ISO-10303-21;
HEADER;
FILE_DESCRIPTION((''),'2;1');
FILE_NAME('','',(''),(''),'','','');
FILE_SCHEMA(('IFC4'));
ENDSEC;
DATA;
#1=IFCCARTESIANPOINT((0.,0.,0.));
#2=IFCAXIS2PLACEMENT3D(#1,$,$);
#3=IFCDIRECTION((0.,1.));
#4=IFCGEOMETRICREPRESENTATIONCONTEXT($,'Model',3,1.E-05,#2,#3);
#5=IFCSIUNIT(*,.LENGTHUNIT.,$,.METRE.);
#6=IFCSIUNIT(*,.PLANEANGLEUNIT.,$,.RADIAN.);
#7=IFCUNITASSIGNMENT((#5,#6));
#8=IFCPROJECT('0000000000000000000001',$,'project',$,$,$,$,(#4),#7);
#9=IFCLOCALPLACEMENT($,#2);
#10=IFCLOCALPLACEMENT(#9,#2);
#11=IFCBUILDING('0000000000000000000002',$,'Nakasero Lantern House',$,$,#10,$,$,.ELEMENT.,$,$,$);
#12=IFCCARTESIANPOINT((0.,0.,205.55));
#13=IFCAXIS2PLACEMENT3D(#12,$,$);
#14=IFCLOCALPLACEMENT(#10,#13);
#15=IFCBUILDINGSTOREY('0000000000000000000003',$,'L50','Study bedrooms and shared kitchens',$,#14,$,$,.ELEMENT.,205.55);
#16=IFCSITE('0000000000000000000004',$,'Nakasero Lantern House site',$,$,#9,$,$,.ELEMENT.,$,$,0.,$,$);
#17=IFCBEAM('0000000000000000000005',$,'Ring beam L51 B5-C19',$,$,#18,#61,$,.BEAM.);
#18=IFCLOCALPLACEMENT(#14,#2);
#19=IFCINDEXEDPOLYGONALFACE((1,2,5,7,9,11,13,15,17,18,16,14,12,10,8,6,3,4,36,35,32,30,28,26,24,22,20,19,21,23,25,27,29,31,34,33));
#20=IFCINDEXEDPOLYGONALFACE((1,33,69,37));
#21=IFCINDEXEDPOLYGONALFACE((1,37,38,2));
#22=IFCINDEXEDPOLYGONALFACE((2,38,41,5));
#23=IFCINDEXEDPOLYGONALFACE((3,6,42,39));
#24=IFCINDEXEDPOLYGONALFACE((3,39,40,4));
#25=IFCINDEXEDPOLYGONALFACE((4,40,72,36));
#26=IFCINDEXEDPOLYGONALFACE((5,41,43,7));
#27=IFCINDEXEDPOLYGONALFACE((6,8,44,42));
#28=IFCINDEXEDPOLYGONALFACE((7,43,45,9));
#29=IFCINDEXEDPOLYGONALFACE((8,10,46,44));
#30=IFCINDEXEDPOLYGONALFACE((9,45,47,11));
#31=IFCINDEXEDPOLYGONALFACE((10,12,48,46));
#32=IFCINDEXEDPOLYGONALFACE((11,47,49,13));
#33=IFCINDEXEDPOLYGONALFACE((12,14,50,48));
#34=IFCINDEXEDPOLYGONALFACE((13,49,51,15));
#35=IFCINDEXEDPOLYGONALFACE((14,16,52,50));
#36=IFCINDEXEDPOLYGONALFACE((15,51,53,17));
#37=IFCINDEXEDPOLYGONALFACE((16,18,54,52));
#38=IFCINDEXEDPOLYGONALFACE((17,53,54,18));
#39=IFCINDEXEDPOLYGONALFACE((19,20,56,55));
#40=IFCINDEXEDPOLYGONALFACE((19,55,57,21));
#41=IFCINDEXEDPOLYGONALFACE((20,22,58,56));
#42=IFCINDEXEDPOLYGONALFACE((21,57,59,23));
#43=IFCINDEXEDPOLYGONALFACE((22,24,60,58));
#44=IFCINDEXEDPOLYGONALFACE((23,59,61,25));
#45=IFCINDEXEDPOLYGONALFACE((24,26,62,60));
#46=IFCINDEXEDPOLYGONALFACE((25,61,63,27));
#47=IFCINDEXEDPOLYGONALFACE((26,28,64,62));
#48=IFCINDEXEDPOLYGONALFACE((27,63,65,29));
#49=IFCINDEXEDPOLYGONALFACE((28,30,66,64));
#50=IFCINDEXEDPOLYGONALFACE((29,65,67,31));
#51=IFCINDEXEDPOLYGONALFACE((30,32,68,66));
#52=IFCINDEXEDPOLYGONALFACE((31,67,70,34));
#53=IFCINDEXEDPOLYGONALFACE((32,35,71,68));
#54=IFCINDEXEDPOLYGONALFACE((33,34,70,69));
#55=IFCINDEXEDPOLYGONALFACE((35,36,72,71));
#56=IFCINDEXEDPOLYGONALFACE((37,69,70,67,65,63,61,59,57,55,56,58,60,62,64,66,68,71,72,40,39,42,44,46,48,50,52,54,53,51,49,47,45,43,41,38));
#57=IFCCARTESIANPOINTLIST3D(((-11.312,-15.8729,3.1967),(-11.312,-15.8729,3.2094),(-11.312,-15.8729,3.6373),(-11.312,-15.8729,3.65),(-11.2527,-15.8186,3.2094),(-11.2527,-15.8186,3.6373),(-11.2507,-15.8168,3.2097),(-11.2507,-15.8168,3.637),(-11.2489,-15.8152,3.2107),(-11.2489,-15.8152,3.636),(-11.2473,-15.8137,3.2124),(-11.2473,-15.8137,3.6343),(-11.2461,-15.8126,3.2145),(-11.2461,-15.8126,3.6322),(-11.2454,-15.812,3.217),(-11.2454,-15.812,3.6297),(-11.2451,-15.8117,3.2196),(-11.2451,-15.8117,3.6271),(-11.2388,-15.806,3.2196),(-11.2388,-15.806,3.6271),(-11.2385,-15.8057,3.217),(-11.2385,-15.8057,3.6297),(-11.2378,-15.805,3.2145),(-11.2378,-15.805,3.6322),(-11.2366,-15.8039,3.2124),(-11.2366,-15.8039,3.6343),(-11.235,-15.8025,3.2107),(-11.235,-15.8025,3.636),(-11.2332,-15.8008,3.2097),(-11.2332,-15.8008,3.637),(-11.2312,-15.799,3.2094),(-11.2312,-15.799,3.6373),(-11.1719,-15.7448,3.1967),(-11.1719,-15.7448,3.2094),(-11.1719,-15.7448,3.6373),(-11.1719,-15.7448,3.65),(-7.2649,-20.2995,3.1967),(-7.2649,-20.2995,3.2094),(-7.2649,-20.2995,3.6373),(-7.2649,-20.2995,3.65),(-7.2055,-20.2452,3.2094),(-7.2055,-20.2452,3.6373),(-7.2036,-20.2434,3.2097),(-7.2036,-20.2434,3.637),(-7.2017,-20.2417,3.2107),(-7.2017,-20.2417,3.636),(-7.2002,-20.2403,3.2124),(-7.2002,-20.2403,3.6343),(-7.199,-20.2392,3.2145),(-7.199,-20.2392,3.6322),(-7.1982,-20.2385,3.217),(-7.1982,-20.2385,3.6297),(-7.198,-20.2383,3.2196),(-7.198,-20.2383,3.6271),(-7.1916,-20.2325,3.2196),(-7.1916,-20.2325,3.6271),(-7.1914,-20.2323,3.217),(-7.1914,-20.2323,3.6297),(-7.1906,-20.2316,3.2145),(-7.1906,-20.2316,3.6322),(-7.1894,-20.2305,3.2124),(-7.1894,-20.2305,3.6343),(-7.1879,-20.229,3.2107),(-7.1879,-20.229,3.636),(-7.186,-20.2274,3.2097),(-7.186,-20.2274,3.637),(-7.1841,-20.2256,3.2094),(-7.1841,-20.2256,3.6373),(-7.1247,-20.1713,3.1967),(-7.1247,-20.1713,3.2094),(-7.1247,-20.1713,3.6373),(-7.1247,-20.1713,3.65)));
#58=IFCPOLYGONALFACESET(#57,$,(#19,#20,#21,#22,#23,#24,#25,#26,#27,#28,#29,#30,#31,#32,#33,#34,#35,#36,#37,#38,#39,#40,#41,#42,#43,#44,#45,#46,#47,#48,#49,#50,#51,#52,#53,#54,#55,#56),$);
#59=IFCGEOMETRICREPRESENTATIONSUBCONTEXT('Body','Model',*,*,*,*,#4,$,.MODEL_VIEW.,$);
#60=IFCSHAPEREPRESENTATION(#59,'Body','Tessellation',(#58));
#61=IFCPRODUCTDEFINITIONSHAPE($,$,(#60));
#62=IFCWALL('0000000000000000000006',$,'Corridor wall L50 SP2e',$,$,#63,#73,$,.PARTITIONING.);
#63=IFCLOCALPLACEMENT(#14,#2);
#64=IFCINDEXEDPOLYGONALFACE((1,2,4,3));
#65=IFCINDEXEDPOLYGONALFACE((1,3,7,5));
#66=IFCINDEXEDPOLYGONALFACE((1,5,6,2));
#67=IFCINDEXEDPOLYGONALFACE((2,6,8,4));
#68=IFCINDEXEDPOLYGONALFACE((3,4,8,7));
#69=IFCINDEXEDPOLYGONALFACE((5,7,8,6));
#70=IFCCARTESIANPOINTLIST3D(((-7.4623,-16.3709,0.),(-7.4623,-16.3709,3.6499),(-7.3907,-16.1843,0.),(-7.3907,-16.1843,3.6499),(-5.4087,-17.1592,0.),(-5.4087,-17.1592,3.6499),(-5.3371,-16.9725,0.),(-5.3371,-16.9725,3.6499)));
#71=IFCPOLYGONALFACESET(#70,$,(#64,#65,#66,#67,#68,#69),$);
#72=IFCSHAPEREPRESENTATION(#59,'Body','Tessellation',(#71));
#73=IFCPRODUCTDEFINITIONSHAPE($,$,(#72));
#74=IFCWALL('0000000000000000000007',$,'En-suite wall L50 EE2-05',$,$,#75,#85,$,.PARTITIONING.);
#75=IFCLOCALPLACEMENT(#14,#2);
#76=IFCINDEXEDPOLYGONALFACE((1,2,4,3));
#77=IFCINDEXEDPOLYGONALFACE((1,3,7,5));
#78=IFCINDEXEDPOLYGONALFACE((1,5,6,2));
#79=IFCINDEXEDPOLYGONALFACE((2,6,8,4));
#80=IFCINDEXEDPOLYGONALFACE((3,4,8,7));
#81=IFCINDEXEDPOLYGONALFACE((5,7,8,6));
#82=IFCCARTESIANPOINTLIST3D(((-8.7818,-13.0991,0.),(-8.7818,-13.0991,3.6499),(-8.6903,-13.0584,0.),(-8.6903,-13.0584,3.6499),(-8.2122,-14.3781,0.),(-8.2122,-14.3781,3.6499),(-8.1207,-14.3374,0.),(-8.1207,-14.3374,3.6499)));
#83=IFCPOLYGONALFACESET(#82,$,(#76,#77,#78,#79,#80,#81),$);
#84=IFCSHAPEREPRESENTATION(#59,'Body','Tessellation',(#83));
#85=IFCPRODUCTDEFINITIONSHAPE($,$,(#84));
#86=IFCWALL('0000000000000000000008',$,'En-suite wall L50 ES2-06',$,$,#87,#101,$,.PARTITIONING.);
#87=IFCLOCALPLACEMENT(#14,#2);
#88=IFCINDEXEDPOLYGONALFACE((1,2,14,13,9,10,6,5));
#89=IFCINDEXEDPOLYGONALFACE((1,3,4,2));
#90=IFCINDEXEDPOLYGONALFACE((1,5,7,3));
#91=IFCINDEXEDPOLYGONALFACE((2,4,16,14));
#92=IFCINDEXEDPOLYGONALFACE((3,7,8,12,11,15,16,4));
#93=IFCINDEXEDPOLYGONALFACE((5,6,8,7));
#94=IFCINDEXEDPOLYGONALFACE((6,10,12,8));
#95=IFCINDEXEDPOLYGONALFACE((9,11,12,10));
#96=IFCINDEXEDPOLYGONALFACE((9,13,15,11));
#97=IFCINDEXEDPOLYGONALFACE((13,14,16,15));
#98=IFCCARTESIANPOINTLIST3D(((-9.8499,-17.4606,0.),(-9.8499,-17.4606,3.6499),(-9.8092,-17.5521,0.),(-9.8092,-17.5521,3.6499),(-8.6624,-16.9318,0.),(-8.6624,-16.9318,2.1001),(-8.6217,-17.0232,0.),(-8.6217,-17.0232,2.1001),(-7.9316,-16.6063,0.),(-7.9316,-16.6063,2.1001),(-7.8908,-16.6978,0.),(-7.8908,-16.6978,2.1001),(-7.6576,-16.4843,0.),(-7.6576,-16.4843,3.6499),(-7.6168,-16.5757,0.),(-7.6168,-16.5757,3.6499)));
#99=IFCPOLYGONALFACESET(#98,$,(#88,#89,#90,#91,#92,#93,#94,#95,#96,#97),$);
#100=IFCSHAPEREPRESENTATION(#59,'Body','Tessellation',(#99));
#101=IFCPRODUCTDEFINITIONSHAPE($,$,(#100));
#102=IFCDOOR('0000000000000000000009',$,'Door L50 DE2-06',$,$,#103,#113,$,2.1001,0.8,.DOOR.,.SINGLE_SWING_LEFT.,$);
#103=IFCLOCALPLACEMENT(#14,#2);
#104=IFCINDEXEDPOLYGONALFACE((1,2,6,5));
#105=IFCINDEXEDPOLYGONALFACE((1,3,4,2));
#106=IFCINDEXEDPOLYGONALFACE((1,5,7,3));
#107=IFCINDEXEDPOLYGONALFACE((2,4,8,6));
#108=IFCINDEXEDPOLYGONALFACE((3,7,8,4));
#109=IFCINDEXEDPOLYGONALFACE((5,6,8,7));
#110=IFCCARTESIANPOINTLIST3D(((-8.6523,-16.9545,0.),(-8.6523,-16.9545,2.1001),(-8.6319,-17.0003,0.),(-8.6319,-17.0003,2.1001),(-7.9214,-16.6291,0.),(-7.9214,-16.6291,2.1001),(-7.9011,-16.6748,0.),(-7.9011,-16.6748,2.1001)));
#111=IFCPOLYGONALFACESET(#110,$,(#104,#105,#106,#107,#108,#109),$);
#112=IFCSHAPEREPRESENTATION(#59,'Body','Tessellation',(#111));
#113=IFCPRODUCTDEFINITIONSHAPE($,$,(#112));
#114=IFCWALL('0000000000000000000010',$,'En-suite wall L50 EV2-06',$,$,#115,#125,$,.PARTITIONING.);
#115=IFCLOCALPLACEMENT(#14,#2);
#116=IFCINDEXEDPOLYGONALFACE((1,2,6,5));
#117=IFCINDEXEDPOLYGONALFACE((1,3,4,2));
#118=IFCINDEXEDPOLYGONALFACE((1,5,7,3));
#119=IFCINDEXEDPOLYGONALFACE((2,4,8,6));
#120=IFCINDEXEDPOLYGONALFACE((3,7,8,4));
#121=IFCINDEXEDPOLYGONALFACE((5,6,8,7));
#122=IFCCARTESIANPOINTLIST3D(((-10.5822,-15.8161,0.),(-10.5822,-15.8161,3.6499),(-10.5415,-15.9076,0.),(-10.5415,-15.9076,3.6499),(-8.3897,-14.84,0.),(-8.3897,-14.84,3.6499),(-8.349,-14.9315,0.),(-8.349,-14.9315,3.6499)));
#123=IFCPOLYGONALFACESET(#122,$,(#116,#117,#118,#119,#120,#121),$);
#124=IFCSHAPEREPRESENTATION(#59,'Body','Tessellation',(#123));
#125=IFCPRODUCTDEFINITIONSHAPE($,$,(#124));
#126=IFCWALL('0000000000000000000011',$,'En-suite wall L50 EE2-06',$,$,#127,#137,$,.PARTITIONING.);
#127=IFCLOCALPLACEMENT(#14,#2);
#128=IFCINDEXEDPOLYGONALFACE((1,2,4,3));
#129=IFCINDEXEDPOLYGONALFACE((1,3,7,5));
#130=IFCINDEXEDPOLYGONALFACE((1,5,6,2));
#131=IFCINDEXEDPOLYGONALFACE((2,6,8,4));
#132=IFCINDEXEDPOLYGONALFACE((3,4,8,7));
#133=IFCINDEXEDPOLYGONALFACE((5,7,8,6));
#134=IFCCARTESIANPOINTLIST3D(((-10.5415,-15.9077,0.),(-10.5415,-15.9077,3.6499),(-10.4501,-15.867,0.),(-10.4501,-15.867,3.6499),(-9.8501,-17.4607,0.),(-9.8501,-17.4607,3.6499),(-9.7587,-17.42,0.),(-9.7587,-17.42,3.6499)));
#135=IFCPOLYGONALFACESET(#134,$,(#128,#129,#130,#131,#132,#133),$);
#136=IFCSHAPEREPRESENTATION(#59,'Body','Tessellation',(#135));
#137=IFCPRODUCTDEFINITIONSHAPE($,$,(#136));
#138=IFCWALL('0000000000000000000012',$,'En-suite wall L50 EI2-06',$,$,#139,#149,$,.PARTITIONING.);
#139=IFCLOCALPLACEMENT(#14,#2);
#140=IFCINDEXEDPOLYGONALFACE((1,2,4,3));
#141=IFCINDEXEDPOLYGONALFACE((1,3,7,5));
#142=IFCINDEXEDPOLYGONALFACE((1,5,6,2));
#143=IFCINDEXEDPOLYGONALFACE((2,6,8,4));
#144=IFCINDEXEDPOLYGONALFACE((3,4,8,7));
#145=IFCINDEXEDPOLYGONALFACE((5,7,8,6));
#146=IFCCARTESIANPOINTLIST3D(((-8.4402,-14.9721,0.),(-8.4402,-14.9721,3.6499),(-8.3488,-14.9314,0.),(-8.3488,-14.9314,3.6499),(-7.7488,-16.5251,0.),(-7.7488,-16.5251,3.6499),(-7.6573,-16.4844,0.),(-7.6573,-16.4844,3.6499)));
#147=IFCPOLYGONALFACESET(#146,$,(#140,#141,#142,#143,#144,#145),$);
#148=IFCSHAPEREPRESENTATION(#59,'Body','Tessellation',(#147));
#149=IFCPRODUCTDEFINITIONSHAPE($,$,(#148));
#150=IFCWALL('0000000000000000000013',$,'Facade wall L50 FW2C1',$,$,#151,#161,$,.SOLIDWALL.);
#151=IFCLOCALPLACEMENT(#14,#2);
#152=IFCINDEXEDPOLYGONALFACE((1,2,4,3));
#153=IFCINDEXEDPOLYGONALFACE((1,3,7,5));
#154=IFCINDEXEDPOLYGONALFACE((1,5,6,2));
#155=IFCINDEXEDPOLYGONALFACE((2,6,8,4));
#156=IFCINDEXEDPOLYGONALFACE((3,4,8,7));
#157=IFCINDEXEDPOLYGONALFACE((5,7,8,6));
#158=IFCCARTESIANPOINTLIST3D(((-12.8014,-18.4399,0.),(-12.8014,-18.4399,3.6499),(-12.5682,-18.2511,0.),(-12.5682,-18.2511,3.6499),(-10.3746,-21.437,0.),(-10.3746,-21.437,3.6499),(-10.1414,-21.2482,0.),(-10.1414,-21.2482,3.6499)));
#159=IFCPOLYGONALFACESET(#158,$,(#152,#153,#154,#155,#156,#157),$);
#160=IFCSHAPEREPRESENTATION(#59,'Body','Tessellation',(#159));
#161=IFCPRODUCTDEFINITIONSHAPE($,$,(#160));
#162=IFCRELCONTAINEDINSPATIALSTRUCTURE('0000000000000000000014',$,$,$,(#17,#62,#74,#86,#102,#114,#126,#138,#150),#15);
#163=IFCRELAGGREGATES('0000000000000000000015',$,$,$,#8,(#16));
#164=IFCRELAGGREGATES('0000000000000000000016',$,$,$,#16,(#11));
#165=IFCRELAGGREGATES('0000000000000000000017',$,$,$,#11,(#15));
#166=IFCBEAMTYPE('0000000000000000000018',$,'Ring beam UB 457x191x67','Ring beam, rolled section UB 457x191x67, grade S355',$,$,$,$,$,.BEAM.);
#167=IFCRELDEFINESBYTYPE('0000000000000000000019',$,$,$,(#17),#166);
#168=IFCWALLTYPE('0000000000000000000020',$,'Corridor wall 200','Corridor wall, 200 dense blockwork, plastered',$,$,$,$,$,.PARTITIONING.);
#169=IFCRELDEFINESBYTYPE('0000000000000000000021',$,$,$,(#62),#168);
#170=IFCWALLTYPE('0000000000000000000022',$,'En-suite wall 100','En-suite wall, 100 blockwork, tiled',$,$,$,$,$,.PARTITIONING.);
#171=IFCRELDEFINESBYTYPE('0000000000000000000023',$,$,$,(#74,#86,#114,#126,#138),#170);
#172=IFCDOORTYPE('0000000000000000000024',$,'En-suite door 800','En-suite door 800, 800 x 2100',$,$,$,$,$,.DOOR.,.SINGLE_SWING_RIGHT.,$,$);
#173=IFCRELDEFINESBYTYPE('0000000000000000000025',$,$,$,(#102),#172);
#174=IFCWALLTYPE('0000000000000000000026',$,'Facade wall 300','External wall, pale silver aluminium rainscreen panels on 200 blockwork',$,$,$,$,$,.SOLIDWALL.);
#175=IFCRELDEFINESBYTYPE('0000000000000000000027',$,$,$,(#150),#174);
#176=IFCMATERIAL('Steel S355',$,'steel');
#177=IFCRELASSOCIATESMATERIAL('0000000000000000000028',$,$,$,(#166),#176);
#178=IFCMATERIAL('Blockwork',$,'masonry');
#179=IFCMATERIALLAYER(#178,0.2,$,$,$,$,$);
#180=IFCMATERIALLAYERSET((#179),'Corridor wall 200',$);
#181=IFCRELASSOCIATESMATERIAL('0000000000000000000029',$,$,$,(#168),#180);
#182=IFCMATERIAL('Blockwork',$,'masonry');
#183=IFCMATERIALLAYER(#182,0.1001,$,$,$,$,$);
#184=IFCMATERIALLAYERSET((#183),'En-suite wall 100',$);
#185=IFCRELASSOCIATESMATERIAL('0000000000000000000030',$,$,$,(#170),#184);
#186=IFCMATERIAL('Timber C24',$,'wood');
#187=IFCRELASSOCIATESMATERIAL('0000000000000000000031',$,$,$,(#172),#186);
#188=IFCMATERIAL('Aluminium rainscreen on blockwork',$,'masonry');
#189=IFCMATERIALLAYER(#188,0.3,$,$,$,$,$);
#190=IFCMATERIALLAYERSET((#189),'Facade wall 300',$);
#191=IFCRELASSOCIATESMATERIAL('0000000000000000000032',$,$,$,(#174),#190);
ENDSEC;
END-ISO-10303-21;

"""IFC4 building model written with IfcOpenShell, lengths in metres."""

from ifc_helpers import new_model, si_unit, direction, frame, frame_2d, origin, origin_2d, place, context, subcontext, project, spatial, rectangle, i_section, extrude, material, layer, layer_set, material_profile, profile_set, type_object, element, fill, save


model = new_model("IFC4")

# Units and contexts
model_context = context("Model", 3, precision=1e-05, world=origin(), true_north=direction((0.0, 1.0)))
body_context = subcontext(model_context, "Body", "Model", "MODEL_VIEW")
ifc_project = project(units=[si_unit("LENGTHUNIT", "METRE"), si_unit("PLANEANGLEUNIT", "RADIAN")], contexts=[model_context])

# Site, building, storey
site_placement = place(None, origin())
site = spatial("IfcSite", under=ifc_project, at=site_placement, Name="Nakasero Lantern House site", CompositionType="ELEMENT", RefElevation=0.0)
building_placement = place(site_placement, origin())
building = spatial("IfcBuilding", under=site, at=building_placement, Name="Nakasero Lantern House", CompositionType="ELEMENT")
storey_placement = place(building_placement, frame((0.0, 0.0, 205.55)))
storey = spatial("IfcBuildingStorey", under=building, at=storey_placement, Name="L50", Description="Study bedrooms and shared kitchens", CompositionType="ELEMENT", Elevation=205.55)

# Beam
ifc_material_1 = material(Name="Steel S355", Category="steel")
ifc_material_profile_1 = material_profile(ifc_material_1, i_section(OverallWidth=0.1899, OverallDepth=0.4534, WebThickness=0.0085, FlangeThickness=0.0127, FilletRadius=0.0103, at=origin_2d()), Name="UB 457x191x67")
ifc_profile_set_1 = profile_set([ifc_material_profile_1], Name="Steel S355")
beam_type_1 = type_object("IfcBeamType", Name="Ring beam UB 457x191x67", Description="Ring beam, rolled section UB 457x191x67, grade S355", PredefinedType="BEAM", material=ifc_profile_set_1)
beam_1_placement = place(storey_placement, frame((-11.2419, -15.8088, 3.4233), z_axis=(0.674771, -0.738027, 0.0), x_axis=(0.738027, 0.674771, 0.0)))
element("IfcBeam", 1, at=beam_1_placement, inside=storey, type_object=beam_type_1, Name="Ring beam L51 B5-C19", PredefinedType="BEAM", context=body_context, shape_type="SweptSolid", body=[
    extrude(i_section(OverallWidth=0.1899, OverallDepth=0.4534, WebThickness=0.0085, FlangeThickness=0.0127, FilletRadius=0.0103, at=origin_2d()), origin(), (0.0, 0.0, 1.0), 5.9978),
])

# Walls
ifc_material_2 = material(Name="Blockwork", Category="masonry")
ifc_layer_1 = layer(ifc_material_2, 0.2)
ifc_layer_set_1 = layer_set([ifc_layer_1], Name="Corridor wall 200")
wall_type_1 = type_object("IfcWallType", Name="Corridor wall 200", Description="Corridor wall, 200 dense blockwork, plastered", PredefinedType="PARTITIONING", material=ifc_layer_set_1)
wall_1_placement = place(storey_placement, frame((-7.4265, -16.2776, 0.0), z_axis=(0.0, 0.0, 1.0), x_axis=(0.933583, -0.358362, 0.0)))
element("IfcWall", 2, at=wall_1_placement, inside=storey, type_object=wall_type_1, Name="Corridor wall L50 SP2e", PredefinedType="PARTITIONING", context=body_context, shape_type="SweptSolid", body=[
    extrude(rectangle(XDim=2.1997, YDim=0.2, at=frame_2d((1.0999, 0.0))), origin(), (0.0, 0.0, 1.0), 3.6499),
])
ifc_material_3 = material(Name="Blockwork", Category="masonry")
ifc_layer_2 = layer(ifc_material_3, 0.1001)
ifc_layer_set_2 = layer_set([ifc_layer_2], Name="En-suite wall 100")
wall_type_2 = type_object("IfcWallType", Name="En-suite wall 100", Description="En-suite wall, 100 blockwork, tiled", PredefinedType="PARTITIONING", material=ifc_layer_set_2)
wall_2_placement = place(storey_placement, frame((-8.7361, -13.0786, 0.0), z_axis=(0.0, 0.0, 1.0), x_axis=(0.406802, -0.913516, 0.0)))
element("IfcWall", 3, at=wall_2_placement, inside=storey, type_object=wall_type_2, Name="En-suite wall L50 EE2-05", PredefinedType="PARTITIONING", context=body_context, shape_type="SweptSolid", body=[
    extrude(rectangle(XDim=1.4001, YDim=0.1001, at=frame_2d((0.7002, 0.0))), origin(), (0.0, 0.0, 1.0), 3.6499),
])

# Wall, opening, door
wall_3_placement = place(storey_placement, frame((-7.6372, -16.53, 0.0), z_axis=(0.0, 0.0, 1.0), x_axis=(-0.913513, -0.406809, 0.0)))
wall_3 = element("IfcWall", 4, at=wall_3_placement, inside=storey, type_object=wall_type_2, Name="En-suite wall L50 ES2-06", PredefinedType="PARTITIONING", context=body_context, shape_type="SweptSolid", body=[
    extrude(rectangle(XDim=2.3999, YDim=0.1001, at=frame_2d((1.2, 0.0))), origin(), (0.0, 0.0, 1.0), 3.6499),
])
opening_1_placement = place(wall_3_placement, frame((0.3, 0.0, 0.0)))
opening_1 = element("IfcOpeningElement", 5, at=opening_1_placement, cuts=wall_3, PredefinedType="OPENING", context=body_context, shape_type="SweptSolid", body=[
    extrude(rectangle(XDim=0.8, YDim=2.1001, at=frame_2d((0.3999, 1.05))), frame((0.0, 0.0701, 0.0), z_axis=(0.0, -1.0, 0.0), x_axis=(1.0, 0.0, 0.0)), (0.0, 0.0, 1.0), 0.1401),
])
ifc_material_4 = material(Name="Timber C24", Category="wood")
door_type = type_object("IfcDoorType", Name="En-suite door 800", Description="En-suite door 800, 800 x 2100", OperationType="SINGLE_SWING_RIGHT", PredefinedType="DOOR", material=ifc_material_4)
door_placement = place(opening_1_placement, origin())
door = element("IfcDoor", 6, at=door_placement, inside=storey, type_object=door_type, Name="Door L50 DE2-06", OperationType="SINGLE_SWING_LEFT", OverallHeight=2.1001, OverallWidth=0.8, PredefinedType="DOOR", context=body_context, shape_type="SweptSolid", body=[
    extrude(rectangle(XDim=0.8, YDim=2.1001, at=frame_2d((0.3999, 1.05))), frame((0.0, 0.0249, 0.0), z_axis=(0.0, -1.0, 0.0), x_axis=(1.0, 0.0, 0.0)), (0.0, 0.0, 1.0), 0.05),
])
fill(opening_1, door)

# Walls
wall_4_placement = place(storey_placement, frame((-8.3694, -14.8857, 0.0), z_axis=(0.0, 0.0, 1.0), x_axis=(-0.913551, -0.406724, 0.0)))
element("IfcWall", 7, at=wall_4_placement, inside=storey, type_object=wall_type_2, Name="En-suite wall L50 EV2-06", PredefinedType="PARTITIONING", context=body_context, shape_type="SweptSolid", body=[
    extrude(rectangle(XDim=2.3999, YDim=0.1001, at=frame_2d((1.2, 0.0))), origin(), (0.0, 0.0, 1.0), 3.6499),
])
for number, where, z_axis, x_axis, name in (
    (8, (-10.4958, -15.8872, 0.0), (0.0, 0.0, 1.0), (0.406725, -0.913551, 0.0), "En-suite wall L50 EE2-06"),
    (9, (-8.3945, -14.9517, 0.0), (0.0, 0.0, 1.0), (0.406725, -0.913551, 0.0), "En-suite wall L50 EI2-06"),
):
    element("IfcWall", number, at=place(storey_placement, frame(where, z_axis=z_axis, x_axis=x_axis)), inside=storey, type_object=wall_type_2, Name=name, PredefinedType="PARTITIONING", context=body_context, shape_type="SweptSolid", body=[
        extrude(rectangle(XDim=1.7, YDim=0.1001, at=frame_2d((0.8501, 0.0))), origin(), (0.0, 0.0, 1.0), 3.6499),
    ])
ifc_material_5 = material(Name="Aluminium rainscreen on blockwork", Category="masonry")
ifc_layer_3 = layer(ifc_material_5, 0.3)
ifc_layer_set_3 = layer_set([ifc_layer_3], Name="Facade wall 300")
wall_type_3 = type_object("IfcWallType", Name="Facade wall 300", Description="External wall, pale silver aluminium rainscreen panels on 200 blockwork", PredefinedType="SOLIDWALL", material=ifc_layer_set_3)
wall_5_placement = place(storey_placement, frame((-12.6848, -18.3455, 0.0), z_axis=(0.0, 0.0, 1.0), x_axis=(0.629286, -0.777174, 0.0)))
element("IfcWall", 10, at=wall_5_placement, inside=storey, type_object=wall_type_3, Name="Facade wall L50 FW2C1", PredefinedType="SOLIDWALL", context=body_context, shape_type="SweptSolid", body=[
    extrude(rectangle(XDim=3.8564, YDim=0.3, at=frame_2d((1.9282, 0.0))), origin(), (0.0, 0.0, 1.0), 3.6499),
])

save(model, "model.ifc")
